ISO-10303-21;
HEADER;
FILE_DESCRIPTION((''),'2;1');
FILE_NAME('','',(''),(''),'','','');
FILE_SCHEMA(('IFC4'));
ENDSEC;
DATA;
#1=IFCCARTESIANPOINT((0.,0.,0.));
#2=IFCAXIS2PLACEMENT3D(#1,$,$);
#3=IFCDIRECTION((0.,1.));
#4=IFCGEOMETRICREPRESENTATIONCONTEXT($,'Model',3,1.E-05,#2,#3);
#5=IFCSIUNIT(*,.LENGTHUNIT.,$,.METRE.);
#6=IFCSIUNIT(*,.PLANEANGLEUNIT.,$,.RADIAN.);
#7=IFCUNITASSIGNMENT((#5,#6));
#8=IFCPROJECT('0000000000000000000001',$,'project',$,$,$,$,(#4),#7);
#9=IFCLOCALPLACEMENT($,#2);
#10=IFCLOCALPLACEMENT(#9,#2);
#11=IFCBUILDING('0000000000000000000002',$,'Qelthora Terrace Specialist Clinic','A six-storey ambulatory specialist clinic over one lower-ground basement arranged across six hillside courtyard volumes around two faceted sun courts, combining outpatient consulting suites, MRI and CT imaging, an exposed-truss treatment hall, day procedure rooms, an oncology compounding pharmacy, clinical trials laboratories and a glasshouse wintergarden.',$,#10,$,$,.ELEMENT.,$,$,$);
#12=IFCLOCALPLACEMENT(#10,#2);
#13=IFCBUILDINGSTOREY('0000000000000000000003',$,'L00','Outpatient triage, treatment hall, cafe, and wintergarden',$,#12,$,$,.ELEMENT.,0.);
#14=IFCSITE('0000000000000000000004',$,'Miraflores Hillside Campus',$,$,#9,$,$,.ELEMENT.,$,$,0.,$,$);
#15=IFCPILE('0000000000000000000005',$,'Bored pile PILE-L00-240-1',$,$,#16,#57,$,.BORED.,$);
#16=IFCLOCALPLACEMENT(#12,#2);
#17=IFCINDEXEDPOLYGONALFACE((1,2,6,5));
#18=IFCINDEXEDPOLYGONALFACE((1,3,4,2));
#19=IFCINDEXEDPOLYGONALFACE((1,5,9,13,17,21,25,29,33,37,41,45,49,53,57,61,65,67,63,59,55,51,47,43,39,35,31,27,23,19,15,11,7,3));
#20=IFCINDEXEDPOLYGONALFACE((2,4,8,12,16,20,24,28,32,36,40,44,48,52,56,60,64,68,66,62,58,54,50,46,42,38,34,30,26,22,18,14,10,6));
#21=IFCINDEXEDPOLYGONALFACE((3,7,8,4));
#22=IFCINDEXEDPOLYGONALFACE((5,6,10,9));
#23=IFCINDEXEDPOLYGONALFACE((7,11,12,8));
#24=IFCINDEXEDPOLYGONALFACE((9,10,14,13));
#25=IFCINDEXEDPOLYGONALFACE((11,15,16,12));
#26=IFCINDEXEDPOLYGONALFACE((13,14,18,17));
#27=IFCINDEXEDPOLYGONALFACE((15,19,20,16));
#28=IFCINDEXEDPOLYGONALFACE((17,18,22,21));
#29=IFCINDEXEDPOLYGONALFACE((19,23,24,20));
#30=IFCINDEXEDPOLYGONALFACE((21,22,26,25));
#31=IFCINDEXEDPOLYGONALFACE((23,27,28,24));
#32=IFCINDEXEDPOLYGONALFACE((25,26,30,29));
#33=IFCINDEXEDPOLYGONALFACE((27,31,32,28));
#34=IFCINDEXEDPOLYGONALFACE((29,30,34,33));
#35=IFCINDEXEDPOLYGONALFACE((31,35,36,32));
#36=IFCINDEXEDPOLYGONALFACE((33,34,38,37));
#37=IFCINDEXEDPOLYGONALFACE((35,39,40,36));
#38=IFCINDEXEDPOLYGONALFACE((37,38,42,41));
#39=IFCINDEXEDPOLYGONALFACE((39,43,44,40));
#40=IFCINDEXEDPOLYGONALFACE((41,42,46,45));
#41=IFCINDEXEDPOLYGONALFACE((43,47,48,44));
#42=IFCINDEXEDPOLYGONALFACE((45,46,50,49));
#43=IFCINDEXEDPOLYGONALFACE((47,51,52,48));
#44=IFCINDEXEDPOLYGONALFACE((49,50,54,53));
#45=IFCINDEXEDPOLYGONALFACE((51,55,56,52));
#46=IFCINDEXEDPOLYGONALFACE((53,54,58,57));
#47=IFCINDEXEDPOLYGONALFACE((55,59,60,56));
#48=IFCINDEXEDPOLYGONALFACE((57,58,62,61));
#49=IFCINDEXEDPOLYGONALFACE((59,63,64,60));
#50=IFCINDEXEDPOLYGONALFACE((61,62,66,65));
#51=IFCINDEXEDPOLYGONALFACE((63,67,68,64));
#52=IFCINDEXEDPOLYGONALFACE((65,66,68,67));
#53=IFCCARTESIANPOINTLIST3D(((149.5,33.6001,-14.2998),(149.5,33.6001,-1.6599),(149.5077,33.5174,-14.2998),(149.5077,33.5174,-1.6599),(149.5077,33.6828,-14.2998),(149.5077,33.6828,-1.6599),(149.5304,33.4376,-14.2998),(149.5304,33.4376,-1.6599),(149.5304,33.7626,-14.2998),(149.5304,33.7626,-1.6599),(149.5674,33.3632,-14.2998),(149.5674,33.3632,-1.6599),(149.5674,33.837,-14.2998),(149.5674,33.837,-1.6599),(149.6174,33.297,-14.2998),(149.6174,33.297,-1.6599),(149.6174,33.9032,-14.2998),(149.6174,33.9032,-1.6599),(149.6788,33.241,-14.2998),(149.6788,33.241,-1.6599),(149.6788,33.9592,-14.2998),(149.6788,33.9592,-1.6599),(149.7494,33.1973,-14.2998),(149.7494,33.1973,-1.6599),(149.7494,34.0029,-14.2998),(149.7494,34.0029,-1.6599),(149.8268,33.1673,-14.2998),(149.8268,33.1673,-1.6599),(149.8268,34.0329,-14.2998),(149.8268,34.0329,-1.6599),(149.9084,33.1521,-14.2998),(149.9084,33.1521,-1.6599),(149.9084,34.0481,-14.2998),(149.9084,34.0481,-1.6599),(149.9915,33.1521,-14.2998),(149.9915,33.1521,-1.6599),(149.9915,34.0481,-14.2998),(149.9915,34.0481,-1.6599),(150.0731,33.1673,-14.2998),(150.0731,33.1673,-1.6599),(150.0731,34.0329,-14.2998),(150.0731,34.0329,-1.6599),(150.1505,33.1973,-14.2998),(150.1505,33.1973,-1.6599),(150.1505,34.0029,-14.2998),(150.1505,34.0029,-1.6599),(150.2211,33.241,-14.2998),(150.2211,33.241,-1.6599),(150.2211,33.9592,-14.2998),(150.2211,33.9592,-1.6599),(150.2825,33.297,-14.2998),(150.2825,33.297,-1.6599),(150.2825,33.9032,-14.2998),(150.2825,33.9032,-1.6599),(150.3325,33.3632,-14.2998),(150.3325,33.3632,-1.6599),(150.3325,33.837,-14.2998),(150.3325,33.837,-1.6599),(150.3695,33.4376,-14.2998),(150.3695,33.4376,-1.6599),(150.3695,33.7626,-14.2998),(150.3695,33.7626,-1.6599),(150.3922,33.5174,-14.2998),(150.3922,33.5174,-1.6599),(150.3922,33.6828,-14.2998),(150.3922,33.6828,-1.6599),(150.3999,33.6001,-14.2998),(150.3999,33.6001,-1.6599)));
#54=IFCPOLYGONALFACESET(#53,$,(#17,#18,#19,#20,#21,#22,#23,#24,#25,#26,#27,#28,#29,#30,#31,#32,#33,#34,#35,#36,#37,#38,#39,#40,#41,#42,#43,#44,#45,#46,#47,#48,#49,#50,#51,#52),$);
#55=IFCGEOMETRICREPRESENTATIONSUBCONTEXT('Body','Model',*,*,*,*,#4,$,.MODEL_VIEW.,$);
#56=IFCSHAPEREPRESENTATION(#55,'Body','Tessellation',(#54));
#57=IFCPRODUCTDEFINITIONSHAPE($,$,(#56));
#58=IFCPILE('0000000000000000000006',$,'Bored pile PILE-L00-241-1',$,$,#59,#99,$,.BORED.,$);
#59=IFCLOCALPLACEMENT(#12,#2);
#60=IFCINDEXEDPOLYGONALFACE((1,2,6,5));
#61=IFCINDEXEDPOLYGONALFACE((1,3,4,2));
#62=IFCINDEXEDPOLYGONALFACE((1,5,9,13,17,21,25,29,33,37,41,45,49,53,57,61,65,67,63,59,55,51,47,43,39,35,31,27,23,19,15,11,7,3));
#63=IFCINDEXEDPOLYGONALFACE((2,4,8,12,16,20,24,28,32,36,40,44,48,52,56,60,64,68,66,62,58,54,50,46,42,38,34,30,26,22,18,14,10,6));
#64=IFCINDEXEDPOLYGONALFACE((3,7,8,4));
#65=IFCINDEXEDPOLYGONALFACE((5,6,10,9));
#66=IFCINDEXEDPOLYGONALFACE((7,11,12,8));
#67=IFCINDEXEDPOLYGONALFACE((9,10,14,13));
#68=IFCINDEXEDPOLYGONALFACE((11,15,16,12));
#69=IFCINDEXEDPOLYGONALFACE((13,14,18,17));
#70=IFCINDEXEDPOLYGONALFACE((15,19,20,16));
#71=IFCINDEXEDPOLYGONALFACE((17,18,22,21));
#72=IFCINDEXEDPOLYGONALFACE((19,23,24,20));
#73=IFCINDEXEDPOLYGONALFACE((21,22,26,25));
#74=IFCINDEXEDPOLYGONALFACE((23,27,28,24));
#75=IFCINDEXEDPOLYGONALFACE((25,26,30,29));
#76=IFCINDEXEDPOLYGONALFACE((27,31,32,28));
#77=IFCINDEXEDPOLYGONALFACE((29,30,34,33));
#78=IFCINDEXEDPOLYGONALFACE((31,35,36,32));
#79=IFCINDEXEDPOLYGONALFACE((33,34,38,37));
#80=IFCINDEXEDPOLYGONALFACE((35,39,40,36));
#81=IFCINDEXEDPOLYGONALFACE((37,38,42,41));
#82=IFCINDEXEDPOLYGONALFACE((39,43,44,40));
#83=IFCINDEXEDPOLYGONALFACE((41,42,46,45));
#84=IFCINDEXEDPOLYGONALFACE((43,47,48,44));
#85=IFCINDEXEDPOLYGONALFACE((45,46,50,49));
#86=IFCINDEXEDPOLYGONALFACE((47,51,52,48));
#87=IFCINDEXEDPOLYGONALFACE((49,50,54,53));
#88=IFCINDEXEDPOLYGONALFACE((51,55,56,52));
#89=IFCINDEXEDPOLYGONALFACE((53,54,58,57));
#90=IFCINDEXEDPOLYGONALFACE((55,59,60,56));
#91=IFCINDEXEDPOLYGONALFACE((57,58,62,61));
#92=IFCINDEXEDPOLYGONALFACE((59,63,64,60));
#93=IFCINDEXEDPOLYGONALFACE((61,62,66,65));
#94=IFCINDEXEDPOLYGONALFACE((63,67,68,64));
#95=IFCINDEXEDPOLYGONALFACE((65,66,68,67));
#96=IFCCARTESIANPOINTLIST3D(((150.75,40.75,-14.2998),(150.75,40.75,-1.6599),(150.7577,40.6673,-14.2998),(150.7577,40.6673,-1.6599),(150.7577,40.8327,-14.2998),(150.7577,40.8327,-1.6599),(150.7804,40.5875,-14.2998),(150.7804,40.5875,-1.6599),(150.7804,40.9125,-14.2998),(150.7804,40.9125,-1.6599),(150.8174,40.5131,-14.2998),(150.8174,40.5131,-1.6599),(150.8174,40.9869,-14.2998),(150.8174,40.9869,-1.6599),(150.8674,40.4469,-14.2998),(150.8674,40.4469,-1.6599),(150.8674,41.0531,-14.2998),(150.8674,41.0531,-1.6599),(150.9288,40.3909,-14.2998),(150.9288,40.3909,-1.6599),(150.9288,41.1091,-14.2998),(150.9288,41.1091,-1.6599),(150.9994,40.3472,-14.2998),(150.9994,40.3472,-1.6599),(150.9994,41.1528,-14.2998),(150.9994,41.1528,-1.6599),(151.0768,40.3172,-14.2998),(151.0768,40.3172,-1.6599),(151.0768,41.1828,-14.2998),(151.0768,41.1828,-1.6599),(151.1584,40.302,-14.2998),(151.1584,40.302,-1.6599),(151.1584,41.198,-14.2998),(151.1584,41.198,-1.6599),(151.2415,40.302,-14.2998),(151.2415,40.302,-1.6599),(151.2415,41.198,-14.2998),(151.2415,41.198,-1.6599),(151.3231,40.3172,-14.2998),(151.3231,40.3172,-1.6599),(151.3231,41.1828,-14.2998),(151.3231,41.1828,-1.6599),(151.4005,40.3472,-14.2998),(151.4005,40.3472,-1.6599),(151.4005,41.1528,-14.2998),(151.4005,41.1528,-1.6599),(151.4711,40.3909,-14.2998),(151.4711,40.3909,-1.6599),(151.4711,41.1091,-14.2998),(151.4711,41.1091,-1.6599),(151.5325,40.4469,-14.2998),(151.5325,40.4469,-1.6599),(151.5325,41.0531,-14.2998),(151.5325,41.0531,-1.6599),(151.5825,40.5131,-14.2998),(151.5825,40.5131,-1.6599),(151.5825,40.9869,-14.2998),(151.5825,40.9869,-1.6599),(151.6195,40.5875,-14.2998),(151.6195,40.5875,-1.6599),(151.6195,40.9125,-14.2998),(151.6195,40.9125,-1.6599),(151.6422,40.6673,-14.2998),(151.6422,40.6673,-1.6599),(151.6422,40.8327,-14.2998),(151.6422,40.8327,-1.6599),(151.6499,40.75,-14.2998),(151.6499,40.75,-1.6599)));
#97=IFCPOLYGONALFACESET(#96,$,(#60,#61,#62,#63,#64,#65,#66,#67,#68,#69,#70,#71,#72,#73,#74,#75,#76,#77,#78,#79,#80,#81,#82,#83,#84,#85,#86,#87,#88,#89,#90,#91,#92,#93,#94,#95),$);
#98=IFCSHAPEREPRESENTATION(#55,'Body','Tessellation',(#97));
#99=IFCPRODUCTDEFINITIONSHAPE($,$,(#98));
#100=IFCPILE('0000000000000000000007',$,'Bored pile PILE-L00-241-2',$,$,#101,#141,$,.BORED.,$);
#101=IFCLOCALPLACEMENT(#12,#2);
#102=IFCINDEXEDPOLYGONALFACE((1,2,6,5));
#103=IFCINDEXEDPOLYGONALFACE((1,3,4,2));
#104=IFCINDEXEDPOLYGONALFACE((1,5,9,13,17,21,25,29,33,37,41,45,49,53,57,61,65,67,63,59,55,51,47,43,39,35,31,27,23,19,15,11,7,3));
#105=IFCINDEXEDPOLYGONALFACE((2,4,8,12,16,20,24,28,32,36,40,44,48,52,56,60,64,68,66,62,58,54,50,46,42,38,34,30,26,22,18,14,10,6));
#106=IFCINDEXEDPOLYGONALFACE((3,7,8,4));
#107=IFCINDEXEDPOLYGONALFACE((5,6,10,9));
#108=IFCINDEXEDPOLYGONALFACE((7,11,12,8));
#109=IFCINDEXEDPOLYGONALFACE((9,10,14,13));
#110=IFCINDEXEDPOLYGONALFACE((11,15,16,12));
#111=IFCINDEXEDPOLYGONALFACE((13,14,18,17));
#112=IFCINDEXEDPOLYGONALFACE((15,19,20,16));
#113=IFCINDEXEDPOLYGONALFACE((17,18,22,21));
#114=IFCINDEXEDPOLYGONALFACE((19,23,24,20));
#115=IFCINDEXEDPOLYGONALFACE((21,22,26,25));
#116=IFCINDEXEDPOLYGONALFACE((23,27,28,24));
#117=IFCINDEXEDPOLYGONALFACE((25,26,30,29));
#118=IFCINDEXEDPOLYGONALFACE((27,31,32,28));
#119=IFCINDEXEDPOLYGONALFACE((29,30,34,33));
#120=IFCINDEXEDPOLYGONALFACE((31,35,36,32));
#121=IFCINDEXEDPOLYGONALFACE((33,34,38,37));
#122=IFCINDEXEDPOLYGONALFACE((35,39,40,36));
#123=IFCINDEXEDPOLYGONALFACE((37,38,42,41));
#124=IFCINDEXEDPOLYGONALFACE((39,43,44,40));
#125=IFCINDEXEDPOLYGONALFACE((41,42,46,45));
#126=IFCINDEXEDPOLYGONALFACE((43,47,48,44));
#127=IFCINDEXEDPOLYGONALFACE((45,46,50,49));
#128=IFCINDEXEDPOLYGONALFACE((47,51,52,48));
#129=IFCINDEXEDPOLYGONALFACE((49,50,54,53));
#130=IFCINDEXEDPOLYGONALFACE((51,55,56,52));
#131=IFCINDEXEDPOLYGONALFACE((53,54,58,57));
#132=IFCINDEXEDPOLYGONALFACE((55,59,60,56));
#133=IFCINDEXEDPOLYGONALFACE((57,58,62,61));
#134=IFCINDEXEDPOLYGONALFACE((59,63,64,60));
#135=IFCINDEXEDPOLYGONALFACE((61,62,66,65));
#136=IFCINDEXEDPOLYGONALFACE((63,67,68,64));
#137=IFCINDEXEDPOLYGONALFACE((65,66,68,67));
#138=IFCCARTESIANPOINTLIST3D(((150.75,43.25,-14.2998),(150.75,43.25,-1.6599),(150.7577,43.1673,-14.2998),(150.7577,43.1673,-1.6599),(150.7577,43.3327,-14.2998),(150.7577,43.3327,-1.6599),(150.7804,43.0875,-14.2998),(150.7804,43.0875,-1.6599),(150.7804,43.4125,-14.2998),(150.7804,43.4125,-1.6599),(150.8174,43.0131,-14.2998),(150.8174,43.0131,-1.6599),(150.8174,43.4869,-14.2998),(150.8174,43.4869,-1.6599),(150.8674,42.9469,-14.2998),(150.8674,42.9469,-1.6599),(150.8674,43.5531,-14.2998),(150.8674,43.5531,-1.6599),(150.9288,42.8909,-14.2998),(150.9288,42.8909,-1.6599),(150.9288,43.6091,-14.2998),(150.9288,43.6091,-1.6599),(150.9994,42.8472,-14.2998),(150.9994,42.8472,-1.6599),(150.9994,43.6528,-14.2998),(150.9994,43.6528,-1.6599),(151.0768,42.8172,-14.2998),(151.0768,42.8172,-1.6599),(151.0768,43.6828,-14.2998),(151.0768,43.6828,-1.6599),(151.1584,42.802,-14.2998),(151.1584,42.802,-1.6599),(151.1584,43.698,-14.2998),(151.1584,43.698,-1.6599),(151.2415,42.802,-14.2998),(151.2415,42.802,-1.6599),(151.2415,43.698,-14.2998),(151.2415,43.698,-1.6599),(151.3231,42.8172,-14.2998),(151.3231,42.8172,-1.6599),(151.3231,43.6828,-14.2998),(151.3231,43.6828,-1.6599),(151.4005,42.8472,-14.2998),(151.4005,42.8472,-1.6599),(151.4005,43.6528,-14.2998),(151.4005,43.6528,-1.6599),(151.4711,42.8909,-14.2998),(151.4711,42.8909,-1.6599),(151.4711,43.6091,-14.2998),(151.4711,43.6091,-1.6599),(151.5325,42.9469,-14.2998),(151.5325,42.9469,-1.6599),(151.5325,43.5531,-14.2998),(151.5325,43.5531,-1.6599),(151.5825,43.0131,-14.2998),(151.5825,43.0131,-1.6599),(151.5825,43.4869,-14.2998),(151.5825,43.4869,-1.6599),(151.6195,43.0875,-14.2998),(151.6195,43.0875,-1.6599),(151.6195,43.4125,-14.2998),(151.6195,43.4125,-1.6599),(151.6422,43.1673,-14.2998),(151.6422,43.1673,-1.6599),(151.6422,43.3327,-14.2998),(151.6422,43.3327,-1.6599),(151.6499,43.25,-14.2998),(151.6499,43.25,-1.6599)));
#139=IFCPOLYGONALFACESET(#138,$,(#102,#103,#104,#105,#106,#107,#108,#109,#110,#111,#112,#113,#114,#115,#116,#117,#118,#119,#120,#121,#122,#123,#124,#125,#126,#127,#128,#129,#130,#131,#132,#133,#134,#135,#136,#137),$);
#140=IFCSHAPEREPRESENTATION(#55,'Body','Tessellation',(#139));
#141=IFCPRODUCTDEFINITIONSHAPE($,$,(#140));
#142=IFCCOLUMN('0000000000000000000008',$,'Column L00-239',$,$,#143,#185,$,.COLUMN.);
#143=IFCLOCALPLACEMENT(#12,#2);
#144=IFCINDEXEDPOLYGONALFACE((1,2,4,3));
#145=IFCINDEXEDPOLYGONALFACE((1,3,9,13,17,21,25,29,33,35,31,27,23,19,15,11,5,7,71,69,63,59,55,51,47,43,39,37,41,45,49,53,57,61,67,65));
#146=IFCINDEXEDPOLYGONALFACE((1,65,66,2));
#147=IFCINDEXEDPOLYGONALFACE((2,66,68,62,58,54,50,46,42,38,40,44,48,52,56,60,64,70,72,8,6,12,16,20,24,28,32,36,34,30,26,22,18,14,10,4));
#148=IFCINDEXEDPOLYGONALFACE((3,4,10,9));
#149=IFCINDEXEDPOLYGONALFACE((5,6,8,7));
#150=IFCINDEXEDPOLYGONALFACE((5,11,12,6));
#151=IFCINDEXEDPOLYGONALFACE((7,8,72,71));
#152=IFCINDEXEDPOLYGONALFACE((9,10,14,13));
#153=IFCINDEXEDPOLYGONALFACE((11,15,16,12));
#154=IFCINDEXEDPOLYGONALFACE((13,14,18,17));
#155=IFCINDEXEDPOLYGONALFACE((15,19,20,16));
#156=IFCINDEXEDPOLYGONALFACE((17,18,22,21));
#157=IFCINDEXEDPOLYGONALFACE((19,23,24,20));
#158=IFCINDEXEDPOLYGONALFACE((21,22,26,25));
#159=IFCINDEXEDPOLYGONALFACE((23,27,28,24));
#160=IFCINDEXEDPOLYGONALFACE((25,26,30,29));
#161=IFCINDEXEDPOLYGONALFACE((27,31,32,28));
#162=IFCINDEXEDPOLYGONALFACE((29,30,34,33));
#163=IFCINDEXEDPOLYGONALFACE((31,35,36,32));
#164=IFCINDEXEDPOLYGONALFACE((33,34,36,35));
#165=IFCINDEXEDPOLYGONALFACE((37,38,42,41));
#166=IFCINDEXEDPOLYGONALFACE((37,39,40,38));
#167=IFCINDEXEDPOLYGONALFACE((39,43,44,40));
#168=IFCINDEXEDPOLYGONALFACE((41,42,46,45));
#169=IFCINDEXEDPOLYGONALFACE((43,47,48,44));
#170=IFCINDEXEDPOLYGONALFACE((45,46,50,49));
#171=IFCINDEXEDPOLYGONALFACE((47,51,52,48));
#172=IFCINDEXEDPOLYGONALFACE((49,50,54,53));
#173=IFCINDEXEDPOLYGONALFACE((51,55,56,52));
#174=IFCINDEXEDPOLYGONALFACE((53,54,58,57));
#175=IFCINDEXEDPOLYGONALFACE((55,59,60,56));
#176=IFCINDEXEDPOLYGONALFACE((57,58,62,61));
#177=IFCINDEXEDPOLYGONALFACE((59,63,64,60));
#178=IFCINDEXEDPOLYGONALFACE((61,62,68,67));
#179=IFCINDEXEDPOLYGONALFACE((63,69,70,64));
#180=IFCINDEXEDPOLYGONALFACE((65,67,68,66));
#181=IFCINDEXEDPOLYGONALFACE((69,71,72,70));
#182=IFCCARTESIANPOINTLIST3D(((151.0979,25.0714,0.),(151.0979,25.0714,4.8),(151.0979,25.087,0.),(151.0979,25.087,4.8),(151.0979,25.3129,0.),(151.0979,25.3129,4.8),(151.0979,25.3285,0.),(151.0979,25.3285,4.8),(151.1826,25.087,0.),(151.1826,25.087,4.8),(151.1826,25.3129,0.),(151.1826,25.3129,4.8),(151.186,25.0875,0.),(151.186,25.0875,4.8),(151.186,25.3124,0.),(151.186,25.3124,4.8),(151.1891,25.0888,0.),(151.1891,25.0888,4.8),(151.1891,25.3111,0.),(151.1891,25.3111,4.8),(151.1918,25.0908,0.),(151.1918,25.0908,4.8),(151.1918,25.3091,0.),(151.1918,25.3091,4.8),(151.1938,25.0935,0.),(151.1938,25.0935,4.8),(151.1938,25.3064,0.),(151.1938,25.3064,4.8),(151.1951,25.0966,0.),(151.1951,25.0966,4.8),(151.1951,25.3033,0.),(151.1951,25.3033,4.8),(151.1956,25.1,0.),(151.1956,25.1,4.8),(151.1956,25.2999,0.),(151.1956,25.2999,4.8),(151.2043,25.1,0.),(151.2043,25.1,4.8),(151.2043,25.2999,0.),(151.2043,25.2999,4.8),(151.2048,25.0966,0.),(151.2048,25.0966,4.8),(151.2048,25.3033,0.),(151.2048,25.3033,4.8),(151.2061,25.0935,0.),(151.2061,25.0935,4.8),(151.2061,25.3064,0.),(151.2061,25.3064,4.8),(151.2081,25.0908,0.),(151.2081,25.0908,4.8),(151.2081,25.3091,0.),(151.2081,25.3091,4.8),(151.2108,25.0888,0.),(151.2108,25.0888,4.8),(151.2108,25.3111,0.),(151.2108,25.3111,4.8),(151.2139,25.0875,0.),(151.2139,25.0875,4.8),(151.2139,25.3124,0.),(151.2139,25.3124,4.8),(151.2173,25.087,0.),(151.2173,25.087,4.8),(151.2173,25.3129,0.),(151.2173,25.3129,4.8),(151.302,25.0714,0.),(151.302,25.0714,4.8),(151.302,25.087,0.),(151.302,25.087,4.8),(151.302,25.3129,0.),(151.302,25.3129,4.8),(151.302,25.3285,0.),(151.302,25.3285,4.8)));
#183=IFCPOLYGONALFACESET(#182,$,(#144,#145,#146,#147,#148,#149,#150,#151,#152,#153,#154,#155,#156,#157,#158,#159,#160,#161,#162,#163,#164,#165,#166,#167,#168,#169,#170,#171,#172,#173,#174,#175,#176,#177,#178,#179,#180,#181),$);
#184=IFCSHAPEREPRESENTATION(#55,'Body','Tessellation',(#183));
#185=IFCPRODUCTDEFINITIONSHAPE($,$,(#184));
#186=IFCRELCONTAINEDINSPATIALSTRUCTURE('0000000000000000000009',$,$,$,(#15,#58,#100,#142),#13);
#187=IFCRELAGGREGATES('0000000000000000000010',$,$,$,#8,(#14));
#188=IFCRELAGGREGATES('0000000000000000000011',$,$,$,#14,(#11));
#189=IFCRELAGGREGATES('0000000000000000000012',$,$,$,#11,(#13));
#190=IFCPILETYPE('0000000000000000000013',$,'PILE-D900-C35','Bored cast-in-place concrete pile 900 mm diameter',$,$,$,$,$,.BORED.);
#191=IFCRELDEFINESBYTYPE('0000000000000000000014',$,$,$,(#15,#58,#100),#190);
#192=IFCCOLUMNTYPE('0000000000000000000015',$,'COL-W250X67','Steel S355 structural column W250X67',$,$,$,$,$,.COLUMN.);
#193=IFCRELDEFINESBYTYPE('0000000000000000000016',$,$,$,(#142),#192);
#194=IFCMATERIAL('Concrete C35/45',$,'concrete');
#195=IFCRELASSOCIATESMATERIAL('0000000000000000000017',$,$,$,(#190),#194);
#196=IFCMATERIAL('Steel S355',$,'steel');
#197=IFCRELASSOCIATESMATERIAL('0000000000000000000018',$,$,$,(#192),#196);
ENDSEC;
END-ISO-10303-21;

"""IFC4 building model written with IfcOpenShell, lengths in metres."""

from ifc_helpers import new_model, si_unit, direction, frame, origin, origin_2d, place, context, subcontext, project, spatial, circle, i_section, extrude, material, material_profile, profile_set, type_object, element, save


model = new_model("IFC4")

# Units and contexts
model_context = context("Model", 3, precision=1e-05, world=origin(), true_north=direction((0.0, 1.0)))
body_context = subcontext(model_context, "Body", "Model", "MODEL_VIEW")
ifc_project = project(units=[si_unit("LENGTHUNIT", "METRE"), si_unit("PLANEANGLEUNIT", "RADIAN")], contexts=[model_context])

# Site, building, storey
site_placement = place(None, origin())
site = spatial("IfcSite", under=ifc_project, at=site_placement, Name="Miraflores Hillside Campus", CompositionType="ELEMENT", RefElevation=0.0)
building_placement = place(site_placement, origin())
building = spatial("IfcBuilding", under=site, at=building_placement, Name="Qelthora Terrace Specialist Clinic", Description="A six-storey ambulatory specialist clinic over one lower-ground basement arranged across six hillside courtyard volumes around two faceted sun courts, combining outpatient consulting suites, MRI and CT imaging, an exposed-truss treatment hall, day procedure rooms, an oncology compounding pharmacy, clinical trials laboratories and a glasshouse wintergarden.", CompositionType="ELEMENT")
storey_placement = place(building_placement, origin())
storey = spatial("IfcBuildingStorey", under=building, at=storey_placement, Name="L00", Description="Outpatient triage, treatment hall, cafe, and wintergarden", CompositionType="ELEMENT", Elevation=0.0)

# Shared definitions
ifc_material_1 = material(Name="Concrete C35/45", Category="concrete")

# Piles
ifc_material_profile_1 = material_profile(ifc_material_1, circle(Radius=0.45, at=origin_2d()), Name="PILE900")
ifc_profile_set_1 = profile_set([ifc_material_profile_1], Name="Concrete C35/45")
pile_type_1 = type_object("IfcPileType", Name="PILE-D900-C35", Description="Bored cast-in-place concrete pile 900 mm diameter", PredefinedType="BORED", material=ifc_profile_set_1)
for number, where, z_axis, x_axis, name in (
    (1, (149.95, 33.6001, -1.6599), (0.0, 0.0, -1.0), (1.0, 0.0, 0.0), "Bored pile PILE-L00-240-1"),
    (2, (151.2, 40.75, -1.6599), (0.0, 0.0, -1.0), (1.0, 0.0, 0.0), "Bored pile PILE-L00-241-1"),
    (3, (151.2, 43.25, -1.6599), (0.0, 0.0, -1.0), (1.0, 0.0, 0.0), "Bored pile PILE-L00-241-2"),
):
    element("IfcPile", number, at=place(storey_placement, frame(where, z_axis=z_axis, x_axis=x_axis)), inside=storey, type_object=pile_type_1, Name=name, PredefinedType="BORED", context=body_context, shape_type="SweptSolid", body=[
        extrude(circle(Radius=0.45, at=origin_2d()), origin(), (0.0, 0.0, 1.0), 12.6399),
    ])

# Column
ifc_material_2 = material(Name="Steel S355", Category="steel")
ifc_material_profile_2 = material_profile(ifc_material_2, i_section(OverallWidth=0.2041, OverallDepth=0.2571, WebThickness=0.0088, FlangeThickness=0.0156, FilletRadius=0.0129, at=origin_2d()), Name="W250X67")
ifc_profile_set_2 = profile_set([ifc_material_profile_2], Name="Steel S355")
column_type_1 = type_object("IfcColumnType", Name="COL-W250X67", Description="Steel S355 structural column W250X67", PredefinedType="COLUMN", material=ifc_profile_set_2)
column_1_placement = place(storey_placement, frame((151.2, 25.2, 0.0), z_axis=(0.0, 0.0, 1.0), x_axis=(1.0, 0.0, 0.0)))
element("IfcColumn", 4, at=column_1_placement, inside=storey, type_object=column_type_1, Name="Column L00-239", PredefinedType="COLUMN", context=body_context, shape_type="SweptSolid", body=[
    extrude(i_section(OverallWidth=0.2041, OverallDepth=0.2571, WebThickness=0.0088, FlangeThickness=0.0156, FilletRadius=0.0129, at=origin_2d()), origin(), (0.0, 0.0, 1.0), 4.8),
])

save(model, "model.ifc")
